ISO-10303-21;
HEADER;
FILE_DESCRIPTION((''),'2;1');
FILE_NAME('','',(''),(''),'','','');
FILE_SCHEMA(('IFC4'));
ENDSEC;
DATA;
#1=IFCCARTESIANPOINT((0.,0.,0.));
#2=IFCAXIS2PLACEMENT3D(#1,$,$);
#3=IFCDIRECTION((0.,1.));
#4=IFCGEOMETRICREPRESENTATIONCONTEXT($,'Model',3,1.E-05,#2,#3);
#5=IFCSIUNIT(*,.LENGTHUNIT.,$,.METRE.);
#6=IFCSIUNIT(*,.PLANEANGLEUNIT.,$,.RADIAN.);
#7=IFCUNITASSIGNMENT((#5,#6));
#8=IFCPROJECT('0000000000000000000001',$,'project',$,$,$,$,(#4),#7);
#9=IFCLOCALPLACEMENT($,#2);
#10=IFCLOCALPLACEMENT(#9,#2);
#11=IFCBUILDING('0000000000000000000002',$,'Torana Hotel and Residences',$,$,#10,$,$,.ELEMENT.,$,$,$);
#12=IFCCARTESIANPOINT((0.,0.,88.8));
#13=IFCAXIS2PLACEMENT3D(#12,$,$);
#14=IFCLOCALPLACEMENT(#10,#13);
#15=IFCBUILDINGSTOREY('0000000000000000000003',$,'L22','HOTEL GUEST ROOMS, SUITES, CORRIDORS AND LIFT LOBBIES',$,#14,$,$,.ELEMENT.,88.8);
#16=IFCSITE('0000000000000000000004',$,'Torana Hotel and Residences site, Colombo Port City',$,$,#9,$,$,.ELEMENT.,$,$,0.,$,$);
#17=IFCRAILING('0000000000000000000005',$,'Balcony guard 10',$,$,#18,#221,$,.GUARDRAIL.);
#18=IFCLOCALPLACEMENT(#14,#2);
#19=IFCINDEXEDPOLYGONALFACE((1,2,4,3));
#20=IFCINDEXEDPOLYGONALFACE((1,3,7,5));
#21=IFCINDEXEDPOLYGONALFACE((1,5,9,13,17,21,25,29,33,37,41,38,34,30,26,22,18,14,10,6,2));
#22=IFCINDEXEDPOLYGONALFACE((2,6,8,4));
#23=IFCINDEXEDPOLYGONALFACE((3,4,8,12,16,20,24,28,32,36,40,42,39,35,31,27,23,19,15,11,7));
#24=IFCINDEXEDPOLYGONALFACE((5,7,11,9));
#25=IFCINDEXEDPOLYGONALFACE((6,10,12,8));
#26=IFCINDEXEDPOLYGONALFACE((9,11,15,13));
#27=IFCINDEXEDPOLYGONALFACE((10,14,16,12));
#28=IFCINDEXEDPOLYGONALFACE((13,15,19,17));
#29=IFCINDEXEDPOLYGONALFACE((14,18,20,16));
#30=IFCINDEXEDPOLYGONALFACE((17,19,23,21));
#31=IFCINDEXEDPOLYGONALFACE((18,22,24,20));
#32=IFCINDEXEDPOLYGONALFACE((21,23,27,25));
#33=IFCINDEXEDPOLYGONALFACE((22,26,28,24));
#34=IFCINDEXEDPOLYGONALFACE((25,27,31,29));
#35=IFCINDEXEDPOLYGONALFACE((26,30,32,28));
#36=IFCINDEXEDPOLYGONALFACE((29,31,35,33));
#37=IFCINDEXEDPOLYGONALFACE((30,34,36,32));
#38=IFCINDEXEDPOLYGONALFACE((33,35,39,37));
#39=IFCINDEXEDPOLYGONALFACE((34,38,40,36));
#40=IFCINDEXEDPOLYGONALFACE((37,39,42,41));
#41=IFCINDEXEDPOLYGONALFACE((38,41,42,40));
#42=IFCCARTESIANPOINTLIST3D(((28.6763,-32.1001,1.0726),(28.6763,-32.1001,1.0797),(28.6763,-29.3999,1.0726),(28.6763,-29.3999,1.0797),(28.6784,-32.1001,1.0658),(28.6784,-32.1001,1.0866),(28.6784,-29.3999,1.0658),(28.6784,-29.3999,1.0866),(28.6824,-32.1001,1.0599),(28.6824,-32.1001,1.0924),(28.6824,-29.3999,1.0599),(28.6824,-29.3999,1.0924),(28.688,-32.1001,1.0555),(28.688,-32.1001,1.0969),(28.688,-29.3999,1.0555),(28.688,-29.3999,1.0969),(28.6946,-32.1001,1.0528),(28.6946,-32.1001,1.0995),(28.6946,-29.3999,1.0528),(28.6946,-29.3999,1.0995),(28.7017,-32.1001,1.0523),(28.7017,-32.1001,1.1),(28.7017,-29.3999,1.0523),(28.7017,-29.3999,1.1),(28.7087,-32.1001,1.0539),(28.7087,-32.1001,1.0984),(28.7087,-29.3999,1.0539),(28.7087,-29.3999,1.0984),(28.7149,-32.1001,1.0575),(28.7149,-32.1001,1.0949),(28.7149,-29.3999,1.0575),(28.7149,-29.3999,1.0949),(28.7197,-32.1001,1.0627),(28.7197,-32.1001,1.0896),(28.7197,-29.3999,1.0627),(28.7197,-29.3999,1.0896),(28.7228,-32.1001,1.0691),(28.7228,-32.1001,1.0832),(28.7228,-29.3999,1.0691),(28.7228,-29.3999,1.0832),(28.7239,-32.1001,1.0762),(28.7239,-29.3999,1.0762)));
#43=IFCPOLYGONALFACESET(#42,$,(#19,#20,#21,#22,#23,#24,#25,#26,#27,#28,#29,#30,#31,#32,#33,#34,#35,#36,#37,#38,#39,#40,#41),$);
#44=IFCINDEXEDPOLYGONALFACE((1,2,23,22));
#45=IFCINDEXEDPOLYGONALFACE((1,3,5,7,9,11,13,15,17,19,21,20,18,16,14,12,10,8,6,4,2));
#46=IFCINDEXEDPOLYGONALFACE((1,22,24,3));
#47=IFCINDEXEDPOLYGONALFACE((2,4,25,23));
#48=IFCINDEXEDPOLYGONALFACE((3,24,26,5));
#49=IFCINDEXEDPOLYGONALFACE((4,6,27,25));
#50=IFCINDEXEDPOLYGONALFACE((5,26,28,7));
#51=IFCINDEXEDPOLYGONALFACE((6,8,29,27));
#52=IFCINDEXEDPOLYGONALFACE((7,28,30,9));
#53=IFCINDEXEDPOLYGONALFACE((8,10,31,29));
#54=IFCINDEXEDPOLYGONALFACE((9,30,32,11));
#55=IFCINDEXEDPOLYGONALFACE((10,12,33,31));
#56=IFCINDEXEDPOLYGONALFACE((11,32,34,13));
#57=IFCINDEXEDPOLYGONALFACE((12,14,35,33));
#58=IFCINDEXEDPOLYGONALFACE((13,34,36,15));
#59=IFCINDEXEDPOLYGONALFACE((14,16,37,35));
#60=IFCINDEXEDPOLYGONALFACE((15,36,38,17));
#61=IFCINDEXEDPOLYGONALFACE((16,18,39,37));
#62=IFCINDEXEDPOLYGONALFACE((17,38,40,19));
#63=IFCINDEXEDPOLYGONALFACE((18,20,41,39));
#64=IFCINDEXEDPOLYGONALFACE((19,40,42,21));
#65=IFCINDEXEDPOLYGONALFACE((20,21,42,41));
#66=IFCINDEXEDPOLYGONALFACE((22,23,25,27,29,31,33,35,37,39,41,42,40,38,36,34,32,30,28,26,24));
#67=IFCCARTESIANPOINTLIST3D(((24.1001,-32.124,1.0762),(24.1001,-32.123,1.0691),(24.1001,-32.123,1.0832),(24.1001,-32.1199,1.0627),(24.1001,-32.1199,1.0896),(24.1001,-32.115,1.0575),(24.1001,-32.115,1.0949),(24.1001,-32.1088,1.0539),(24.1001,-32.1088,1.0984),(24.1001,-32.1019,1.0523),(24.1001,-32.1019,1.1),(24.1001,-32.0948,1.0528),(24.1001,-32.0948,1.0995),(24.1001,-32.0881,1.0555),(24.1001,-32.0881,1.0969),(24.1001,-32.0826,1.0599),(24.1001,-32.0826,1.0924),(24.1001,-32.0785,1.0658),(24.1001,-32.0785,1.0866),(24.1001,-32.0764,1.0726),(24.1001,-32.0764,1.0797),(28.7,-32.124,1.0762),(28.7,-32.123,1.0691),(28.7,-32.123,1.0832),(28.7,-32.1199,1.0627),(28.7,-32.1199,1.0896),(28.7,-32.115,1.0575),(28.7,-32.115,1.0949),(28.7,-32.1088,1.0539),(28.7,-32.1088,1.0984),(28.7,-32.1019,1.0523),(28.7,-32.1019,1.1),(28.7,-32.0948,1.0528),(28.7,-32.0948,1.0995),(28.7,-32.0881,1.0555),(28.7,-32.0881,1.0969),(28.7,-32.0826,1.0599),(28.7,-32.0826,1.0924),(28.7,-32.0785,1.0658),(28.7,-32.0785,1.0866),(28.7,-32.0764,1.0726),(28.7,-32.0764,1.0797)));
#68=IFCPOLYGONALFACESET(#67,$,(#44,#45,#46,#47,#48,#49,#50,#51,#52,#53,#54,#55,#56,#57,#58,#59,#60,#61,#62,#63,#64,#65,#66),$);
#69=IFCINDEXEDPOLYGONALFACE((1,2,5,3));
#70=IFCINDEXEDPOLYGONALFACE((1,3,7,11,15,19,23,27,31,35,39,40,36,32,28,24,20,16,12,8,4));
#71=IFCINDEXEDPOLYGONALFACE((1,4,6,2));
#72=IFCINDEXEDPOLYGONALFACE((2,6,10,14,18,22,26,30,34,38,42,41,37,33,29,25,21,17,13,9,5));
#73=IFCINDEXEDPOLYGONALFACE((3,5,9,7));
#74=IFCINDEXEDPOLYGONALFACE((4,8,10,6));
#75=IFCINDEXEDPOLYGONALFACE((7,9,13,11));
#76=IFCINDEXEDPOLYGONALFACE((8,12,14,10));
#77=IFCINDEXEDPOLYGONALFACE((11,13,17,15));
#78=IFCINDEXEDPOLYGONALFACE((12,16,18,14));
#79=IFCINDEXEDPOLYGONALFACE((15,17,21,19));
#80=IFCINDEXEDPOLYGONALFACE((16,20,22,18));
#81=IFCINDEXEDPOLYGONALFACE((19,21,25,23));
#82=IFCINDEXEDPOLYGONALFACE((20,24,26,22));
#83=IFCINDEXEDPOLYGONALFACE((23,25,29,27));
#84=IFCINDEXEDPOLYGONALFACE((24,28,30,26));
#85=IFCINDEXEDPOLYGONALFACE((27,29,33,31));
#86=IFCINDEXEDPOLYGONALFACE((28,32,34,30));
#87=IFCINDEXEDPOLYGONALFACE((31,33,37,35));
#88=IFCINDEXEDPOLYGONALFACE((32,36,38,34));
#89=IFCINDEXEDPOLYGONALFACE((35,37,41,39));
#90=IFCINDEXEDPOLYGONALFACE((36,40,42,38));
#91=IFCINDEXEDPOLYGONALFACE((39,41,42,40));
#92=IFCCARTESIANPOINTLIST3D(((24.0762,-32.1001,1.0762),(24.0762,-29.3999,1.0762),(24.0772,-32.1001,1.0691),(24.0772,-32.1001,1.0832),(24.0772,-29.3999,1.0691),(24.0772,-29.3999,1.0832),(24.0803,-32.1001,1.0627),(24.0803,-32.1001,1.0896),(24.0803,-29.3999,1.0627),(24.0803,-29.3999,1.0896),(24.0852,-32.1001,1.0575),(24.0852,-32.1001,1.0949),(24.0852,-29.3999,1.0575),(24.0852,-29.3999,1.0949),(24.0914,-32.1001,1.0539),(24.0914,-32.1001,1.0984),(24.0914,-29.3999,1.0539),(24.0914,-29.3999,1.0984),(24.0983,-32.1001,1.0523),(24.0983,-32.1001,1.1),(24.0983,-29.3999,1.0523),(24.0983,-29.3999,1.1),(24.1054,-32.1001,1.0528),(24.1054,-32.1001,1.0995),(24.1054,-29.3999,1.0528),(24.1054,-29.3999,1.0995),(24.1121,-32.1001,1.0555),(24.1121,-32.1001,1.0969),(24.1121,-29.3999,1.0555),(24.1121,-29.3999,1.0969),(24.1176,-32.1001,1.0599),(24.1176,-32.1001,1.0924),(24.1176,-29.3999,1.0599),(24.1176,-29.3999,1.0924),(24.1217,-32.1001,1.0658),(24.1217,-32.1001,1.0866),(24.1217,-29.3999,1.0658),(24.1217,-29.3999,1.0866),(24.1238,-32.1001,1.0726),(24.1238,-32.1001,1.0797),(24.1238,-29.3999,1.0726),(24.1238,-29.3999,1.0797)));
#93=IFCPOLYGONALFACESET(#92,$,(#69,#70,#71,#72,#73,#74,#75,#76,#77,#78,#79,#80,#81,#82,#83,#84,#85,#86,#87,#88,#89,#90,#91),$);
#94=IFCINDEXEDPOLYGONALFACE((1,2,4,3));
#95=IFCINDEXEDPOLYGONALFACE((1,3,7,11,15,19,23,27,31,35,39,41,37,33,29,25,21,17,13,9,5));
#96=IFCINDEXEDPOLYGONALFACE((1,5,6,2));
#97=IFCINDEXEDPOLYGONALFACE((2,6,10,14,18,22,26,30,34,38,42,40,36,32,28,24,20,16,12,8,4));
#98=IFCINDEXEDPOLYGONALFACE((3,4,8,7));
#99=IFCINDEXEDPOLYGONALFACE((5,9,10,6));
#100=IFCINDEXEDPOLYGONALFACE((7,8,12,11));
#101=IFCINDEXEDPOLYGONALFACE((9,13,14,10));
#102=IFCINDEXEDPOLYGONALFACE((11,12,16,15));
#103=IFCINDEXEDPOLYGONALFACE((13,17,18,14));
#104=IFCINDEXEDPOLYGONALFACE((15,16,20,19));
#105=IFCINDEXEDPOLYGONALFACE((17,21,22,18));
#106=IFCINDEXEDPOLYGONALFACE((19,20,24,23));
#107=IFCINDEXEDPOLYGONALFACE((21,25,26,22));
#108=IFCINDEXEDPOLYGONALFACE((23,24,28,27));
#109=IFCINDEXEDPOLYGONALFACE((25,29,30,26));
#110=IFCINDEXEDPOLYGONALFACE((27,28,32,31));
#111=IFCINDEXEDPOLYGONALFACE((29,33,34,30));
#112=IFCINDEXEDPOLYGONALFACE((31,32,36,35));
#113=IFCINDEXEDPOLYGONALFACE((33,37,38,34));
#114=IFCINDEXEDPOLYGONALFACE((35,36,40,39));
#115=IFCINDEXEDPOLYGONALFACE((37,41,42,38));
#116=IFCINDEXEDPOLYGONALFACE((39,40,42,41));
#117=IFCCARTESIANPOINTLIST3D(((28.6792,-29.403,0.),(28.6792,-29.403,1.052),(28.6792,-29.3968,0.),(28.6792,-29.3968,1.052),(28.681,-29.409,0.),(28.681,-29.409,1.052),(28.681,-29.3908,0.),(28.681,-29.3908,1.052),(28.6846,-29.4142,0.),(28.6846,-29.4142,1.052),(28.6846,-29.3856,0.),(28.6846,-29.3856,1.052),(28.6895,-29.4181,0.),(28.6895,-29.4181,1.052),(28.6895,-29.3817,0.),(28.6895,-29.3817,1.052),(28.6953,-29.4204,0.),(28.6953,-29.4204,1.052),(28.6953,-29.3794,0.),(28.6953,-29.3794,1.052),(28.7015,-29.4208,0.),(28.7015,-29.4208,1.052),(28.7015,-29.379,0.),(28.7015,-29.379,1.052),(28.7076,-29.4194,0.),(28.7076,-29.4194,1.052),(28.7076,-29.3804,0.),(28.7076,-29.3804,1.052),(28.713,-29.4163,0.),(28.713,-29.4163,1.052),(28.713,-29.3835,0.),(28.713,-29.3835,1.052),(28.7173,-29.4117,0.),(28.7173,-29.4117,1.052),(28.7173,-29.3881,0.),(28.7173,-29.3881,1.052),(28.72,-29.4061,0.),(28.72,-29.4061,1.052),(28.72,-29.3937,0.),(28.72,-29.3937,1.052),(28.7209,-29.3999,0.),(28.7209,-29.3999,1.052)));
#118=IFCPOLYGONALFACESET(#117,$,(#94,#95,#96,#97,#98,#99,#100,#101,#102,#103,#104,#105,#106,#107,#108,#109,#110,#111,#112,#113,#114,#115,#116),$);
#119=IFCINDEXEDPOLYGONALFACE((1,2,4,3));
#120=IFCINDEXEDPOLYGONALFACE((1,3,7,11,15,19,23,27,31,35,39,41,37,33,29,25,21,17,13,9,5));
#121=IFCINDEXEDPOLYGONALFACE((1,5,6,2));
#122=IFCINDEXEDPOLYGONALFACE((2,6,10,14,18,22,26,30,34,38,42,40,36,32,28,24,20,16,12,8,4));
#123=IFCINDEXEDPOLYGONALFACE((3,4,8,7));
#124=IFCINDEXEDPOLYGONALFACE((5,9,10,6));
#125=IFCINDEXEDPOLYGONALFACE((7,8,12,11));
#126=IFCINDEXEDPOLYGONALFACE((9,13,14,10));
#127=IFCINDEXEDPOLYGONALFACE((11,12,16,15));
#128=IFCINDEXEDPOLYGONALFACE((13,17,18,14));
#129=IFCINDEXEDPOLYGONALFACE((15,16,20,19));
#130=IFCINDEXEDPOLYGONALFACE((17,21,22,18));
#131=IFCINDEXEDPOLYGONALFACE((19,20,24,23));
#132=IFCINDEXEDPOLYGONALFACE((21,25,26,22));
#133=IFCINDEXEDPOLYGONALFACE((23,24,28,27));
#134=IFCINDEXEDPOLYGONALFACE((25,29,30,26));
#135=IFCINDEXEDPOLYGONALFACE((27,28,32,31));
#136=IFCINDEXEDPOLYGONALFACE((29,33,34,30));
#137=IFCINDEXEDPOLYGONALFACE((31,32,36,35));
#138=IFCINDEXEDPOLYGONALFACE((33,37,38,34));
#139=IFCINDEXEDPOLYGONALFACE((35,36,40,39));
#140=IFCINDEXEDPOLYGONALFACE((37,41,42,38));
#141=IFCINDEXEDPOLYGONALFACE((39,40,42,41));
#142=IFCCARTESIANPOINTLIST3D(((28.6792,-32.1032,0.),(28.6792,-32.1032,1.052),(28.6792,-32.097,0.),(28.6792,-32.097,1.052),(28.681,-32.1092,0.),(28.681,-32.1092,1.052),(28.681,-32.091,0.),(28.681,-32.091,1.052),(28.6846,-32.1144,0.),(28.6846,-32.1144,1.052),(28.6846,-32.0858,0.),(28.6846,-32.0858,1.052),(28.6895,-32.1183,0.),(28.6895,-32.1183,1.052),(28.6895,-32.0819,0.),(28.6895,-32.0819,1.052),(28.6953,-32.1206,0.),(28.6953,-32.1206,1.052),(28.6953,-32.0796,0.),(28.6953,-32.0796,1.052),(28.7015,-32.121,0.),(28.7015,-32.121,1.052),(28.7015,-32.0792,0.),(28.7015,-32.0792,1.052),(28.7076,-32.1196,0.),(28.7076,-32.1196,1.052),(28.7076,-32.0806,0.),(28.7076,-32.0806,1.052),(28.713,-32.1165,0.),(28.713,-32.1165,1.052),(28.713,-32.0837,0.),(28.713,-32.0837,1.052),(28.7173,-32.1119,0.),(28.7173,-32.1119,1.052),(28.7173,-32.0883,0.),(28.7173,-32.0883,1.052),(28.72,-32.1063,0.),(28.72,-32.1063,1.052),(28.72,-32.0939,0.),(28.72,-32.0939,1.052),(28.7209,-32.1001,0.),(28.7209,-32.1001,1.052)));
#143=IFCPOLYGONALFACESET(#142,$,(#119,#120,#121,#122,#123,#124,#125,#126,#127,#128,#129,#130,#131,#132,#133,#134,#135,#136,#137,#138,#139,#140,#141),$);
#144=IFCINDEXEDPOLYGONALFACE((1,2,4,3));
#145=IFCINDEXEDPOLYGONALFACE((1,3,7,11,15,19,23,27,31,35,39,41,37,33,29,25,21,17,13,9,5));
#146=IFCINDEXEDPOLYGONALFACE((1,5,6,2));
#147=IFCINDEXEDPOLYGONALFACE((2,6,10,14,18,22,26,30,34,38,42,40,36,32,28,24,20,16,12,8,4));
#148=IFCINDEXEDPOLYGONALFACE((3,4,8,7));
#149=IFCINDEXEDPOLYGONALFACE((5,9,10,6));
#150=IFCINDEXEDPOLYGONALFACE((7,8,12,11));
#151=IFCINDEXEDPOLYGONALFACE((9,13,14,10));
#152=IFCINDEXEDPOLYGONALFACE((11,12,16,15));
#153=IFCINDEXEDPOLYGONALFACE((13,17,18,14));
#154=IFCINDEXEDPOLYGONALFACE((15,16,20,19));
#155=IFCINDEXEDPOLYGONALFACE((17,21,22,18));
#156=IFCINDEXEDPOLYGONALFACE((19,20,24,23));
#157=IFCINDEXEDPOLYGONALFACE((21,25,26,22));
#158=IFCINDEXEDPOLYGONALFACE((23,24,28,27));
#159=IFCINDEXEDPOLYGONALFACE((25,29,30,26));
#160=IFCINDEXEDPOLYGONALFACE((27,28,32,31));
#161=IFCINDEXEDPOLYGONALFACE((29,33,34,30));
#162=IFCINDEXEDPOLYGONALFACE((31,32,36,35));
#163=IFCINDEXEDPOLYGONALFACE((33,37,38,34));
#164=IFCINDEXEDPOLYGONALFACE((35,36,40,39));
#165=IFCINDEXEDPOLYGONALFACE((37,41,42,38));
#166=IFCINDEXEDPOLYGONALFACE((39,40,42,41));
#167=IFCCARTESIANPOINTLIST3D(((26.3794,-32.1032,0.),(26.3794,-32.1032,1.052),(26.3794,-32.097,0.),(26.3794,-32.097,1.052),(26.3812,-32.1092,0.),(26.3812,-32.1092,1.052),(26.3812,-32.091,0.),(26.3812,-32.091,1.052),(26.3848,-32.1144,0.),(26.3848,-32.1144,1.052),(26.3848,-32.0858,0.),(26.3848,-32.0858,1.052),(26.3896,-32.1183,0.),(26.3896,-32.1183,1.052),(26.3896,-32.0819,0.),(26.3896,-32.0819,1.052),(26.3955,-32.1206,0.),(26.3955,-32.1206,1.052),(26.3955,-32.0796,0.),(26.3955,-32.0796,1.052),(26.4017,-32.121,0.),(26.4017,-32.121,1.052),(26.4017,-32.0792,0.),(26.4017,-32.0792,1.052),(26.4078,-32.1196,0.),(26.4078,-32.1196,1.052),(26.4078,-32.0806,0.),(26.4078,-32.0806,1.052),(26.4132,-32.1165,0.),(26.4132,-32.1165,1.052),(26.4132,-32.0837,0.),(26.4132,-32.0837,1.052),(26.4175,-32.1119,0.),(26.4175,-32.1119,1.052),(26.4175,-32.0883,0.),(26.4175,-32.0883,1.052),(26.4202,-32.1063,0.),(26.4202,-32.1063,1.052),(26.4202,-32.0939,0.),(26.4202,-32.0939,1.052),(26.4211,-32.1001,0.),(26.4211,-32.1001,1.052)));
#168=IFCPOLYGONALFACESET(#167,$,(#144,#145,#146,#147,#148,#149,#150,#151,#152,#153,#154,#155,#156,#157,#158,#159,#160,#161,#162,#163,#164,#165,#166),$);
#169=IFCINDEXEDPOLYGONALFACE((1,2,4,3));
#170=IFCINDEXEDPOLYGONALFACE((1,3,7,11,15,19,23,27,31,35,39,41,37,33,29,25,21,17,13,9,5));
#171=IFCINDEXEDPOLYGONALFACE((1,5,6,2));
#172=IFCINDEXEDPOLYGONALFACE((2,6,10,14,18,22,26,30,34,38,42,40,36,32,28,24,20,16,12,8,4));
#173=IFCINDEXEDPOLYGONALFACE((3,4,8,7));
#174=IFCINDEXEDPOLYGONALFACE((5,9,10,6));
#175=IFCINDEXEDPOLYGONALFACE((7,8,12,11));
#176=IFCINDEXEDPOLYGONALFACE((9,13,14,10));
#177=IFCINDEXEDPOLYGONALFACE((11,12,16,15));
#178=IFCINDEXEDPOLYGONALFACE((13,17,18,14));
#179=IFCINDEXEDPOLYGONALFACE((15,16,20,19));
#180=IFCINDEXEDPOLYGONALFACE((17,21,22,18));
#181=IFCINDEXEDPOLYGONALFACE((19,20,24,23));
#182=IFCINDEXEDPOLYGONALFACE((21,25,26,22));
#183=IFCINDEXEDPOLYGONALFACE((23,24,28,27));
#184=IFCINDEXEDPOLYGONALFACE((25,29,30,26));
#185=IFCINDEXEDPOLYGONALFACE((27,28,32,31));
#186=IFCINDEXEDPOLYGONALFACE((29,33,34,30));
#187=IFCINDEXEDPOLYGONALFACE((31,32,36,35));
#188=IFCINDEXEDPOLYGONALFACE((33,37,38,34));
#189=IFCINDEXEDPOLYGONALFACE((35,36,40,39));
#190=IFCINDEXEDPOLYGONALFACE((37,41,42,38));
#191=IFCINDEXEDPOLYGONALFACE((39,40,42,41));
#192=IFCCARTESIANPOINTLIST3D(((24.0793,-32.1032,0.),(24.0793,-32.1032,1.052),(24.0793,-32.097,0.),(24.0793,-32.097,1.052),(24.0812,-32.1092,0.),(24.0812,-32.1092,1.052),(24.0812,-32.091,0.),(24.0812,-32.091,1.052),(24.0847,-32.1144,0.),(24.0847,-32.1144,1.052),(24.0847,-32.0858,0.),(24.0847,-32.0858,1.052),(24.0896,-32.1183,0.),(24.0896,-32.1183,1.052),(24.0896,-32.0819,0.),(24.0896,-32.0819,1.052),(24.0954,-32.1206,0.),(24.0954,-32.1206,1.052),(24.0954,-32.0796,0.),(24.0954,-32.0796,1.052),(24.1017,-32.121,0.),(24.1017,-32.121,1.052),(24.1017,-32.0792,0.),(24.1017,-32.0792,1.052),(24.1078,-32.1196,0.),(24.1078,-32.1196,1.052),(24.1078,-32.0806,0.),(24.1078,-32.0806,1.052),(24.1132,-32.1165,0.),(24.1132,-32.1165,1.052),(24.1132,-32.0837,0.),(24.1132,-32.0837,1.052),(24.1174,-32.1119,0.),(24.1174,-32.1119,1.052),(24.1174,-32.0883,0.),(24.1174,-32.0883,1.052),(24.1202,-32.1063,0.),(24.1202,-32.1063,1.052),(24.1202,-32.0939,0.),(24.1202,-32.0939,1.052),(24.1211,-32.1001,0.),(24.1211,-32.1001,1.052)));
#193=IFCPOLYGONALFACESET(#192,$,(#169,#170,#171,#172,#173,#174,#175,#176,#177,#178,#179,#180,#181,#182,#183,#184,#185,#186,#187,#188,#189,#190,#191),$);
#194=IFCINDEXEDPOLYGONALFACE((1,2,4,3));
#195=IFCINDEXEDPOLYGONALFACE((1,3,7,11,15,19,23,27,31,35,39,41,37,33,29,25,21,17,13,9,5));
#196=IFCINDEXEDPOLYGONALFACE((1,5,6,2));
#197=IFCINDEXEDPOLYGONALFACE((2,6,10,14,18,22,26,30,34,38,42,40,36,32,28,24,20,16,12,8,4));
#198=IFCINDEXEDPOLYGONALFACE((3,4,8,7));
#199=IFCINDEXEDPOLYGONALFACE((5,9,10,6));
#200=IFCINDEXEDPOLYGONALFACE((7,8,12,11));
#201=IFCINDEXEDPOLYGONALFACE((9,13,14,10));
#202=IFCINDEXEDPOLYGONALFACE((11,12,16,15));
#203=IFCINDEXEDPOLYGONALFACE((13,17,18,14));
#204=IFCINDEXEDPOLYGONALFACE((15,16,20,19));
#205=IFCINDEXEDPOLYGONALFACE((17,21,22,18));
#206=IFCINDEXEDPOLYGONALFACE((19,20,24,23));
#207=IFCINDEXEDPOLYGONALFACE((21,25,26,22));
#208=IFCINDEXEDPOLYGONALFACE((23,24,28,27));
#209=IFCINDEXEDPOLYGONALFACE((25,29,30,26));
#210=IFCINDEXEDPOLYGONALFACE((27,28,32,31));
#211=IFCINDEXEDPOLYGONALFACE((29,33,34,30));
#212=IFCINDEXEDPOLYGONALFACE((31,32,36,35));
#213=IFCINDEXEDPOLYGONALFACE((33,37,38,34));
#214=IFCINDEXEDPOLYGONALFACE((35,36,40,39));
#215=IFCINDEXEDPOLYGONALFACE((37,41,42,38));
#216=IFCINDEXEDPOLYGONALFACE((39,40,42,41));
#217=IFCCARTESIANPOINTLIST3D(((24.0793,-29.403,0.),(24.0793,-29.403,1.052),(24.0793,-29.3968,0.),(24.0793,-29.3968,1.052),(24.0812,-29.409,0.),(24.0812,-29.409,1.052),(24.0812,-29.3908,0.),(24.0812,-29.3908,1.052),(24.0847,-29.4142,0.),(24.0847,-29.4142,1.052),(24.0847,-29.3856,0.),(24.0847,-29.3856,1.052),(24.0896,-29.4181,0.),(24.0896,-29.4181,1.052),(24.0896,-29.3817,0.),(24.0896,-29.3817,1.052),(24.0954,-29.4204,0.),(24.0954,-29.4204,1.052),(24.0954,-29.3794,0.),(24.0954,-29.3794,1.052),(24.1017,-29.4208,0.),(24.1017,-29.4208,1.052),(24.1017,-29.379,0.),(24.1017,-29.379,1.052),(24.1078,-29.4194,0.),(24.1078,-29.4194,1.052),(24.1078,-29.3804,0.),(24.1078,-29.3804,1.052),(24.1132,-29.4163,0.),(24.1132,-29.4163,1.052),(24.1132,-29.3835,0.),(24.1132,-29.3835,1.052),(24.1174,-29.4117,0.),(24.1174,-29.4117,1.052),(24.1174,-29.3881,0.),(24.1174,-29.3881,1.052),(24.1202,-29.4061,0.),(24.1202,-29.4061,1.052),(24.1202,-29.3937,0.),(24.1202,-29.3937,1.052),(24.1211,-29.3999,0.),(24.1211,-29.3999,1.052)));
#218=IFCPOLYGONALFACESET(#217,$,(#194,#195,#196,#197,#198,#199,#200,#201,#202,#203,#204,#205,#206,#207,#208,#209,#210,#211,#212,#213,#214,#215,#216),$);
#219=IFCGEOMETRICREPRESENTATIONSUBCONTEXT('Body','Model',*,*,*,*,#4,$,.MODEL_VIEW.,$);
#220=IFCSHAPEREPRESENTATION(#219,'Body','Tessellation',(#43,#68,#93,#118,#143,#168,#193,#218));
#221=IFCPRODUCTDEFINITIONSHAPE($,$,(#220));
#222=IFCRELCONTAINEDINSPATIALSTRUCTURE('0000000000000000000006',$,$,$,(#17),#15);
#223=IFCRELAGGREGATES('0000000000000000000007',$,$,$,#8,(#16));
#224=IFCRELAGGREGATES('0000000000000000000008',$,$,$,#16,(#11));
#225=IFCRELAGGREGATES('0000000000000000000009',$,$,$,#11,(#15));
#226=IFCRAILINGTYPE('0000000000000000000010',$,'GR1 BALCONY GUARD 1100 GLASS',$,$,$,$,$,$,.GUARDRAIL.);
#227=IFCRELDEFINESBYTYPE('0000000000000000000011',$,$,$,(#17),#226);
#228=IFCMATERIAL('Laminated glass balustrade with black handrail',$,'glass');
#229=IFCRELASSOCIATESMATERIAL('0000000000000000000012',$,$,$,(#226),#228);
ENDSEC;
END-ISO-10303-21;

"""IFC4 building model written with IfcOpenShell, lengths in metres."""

from ifc_helpers import new_model, si_unit, direction, frame, origin, origin_2d, place, context, subcontext, project, spatial, circle, extrude, material, type_object, element, save


model = new_model("IFC4")

# Units and contexts
model_context = context("Model", 3, precision=1e-05, world=origin(), true_north=direction((0.0, 1.0)))
body_context = subcontext(model_context, "Body", "Model", "MODEL_VIEW")
ifc_project = project(units=[si_unit("LENGTHUNIT", "METRE"), si_unit("PLANEANGLEUNIT", "RADIAN")], contexts=[model_context])

# Site, building, storey
site_placement = place(None, origin())
site = spatial("IfcSite", under=ifc_project, at=site_placement, Name="Torana Hotel and Residences site, Colombo Port City", CompositionType="ELEMENT", RefElevation=0.0)
building_placement = place(site_placement, origin())
building = spatial("IfcBuilding", under=site, at=building_placement, Name="Torana Hotel and Residences", CompositionType="ELEMENT")
storey_placement = place(building_placement, frame((0.0, 0.0, 88.8)))
storey = spatial("IfcBuildingStorey", under=building, at=storey_placement, Name="L22", Description="HOTEL GUEST ROOMS, SUITES, CORRIDORS AND LIFT LOBBIES", CompositionType="ELEMENT", Elevation=88.8)

# Railing
ifc_material_1 = material(Name="Laminated glass balustrade with black handrail", Category="glass")
railing_type = type_object("IfcRailingType", Name="GR1 BALCONY GUARD 1100 GLASS", PredefinedType="GUARDRAIL", material=ifc_material_1)
railing_1_placement = place(storey_placement, frame((28.7, -29.3999, 0.0)))
element("IfcRailing", 1, at=railing_1_placement, inside=storey, type_object=railing_type, Name="Balcony guard 10", PredefinedType="GUARDRAIL", context=body_context, shape_type="SweptSolid", body=[
    extrude(circle(Radius=0.0239, at=origin_2d()), frame((0.0, 0.0, 1.0762), z_axis=(0.0, -1.0, 0.0), x_axis=(1.0, 0.0, 0.0)), (0.0, 0.0, 1.0), 2.7002),
    extrude(circle(Radius=0.0239, at=origin_2d()), frame((0.0, -2.7002, 1.0762), z_axis=(-1.0, 0.0, 0.0), x_axis=(0.0, -1.0, 0.0)), (0.0, 0.0, 1.0), 4.5999),
    extrude(circle(Radius=0.0239, at=origin_2d()), frame((-4.5999, -2.7002, 1.0762), z_axis=(0.0, 1.0, 0.0), x_axis=(-1.0, 0.0, 0.0)), (0.0, 0.0, 1.0), 2.7002),
    extrude(circle(Radius=0.021, at=origin_2d()), origin(), (0.0, 0.0, 1.0), 1.052),
    extrude(circle(Radius=0.021, at=origin_2d()), frame((0.0, -2.7002, 0.0)), (0.0, 0.0, 1.0), 1.052),
    extrude(circle(Radius=0.021, at=origin_2d()), frame((-2.2998, -2.7002, 0.0)), (0.0, 0.0, 1.0), 1.052),
    extrude(circle(Radius=0.021, at=origin_2d()), frame((-4.5999, -2.7002, 0.0)), (0.0, 0.0, 1.0), 1.052),
    extrude(circle(Radius=0.021, at=origin_2d()), frame((-4.5999, 0.0, 0.0)), (0.0, 0.0, 1.0), 1.052),
])

save(model, "model.ifc")
